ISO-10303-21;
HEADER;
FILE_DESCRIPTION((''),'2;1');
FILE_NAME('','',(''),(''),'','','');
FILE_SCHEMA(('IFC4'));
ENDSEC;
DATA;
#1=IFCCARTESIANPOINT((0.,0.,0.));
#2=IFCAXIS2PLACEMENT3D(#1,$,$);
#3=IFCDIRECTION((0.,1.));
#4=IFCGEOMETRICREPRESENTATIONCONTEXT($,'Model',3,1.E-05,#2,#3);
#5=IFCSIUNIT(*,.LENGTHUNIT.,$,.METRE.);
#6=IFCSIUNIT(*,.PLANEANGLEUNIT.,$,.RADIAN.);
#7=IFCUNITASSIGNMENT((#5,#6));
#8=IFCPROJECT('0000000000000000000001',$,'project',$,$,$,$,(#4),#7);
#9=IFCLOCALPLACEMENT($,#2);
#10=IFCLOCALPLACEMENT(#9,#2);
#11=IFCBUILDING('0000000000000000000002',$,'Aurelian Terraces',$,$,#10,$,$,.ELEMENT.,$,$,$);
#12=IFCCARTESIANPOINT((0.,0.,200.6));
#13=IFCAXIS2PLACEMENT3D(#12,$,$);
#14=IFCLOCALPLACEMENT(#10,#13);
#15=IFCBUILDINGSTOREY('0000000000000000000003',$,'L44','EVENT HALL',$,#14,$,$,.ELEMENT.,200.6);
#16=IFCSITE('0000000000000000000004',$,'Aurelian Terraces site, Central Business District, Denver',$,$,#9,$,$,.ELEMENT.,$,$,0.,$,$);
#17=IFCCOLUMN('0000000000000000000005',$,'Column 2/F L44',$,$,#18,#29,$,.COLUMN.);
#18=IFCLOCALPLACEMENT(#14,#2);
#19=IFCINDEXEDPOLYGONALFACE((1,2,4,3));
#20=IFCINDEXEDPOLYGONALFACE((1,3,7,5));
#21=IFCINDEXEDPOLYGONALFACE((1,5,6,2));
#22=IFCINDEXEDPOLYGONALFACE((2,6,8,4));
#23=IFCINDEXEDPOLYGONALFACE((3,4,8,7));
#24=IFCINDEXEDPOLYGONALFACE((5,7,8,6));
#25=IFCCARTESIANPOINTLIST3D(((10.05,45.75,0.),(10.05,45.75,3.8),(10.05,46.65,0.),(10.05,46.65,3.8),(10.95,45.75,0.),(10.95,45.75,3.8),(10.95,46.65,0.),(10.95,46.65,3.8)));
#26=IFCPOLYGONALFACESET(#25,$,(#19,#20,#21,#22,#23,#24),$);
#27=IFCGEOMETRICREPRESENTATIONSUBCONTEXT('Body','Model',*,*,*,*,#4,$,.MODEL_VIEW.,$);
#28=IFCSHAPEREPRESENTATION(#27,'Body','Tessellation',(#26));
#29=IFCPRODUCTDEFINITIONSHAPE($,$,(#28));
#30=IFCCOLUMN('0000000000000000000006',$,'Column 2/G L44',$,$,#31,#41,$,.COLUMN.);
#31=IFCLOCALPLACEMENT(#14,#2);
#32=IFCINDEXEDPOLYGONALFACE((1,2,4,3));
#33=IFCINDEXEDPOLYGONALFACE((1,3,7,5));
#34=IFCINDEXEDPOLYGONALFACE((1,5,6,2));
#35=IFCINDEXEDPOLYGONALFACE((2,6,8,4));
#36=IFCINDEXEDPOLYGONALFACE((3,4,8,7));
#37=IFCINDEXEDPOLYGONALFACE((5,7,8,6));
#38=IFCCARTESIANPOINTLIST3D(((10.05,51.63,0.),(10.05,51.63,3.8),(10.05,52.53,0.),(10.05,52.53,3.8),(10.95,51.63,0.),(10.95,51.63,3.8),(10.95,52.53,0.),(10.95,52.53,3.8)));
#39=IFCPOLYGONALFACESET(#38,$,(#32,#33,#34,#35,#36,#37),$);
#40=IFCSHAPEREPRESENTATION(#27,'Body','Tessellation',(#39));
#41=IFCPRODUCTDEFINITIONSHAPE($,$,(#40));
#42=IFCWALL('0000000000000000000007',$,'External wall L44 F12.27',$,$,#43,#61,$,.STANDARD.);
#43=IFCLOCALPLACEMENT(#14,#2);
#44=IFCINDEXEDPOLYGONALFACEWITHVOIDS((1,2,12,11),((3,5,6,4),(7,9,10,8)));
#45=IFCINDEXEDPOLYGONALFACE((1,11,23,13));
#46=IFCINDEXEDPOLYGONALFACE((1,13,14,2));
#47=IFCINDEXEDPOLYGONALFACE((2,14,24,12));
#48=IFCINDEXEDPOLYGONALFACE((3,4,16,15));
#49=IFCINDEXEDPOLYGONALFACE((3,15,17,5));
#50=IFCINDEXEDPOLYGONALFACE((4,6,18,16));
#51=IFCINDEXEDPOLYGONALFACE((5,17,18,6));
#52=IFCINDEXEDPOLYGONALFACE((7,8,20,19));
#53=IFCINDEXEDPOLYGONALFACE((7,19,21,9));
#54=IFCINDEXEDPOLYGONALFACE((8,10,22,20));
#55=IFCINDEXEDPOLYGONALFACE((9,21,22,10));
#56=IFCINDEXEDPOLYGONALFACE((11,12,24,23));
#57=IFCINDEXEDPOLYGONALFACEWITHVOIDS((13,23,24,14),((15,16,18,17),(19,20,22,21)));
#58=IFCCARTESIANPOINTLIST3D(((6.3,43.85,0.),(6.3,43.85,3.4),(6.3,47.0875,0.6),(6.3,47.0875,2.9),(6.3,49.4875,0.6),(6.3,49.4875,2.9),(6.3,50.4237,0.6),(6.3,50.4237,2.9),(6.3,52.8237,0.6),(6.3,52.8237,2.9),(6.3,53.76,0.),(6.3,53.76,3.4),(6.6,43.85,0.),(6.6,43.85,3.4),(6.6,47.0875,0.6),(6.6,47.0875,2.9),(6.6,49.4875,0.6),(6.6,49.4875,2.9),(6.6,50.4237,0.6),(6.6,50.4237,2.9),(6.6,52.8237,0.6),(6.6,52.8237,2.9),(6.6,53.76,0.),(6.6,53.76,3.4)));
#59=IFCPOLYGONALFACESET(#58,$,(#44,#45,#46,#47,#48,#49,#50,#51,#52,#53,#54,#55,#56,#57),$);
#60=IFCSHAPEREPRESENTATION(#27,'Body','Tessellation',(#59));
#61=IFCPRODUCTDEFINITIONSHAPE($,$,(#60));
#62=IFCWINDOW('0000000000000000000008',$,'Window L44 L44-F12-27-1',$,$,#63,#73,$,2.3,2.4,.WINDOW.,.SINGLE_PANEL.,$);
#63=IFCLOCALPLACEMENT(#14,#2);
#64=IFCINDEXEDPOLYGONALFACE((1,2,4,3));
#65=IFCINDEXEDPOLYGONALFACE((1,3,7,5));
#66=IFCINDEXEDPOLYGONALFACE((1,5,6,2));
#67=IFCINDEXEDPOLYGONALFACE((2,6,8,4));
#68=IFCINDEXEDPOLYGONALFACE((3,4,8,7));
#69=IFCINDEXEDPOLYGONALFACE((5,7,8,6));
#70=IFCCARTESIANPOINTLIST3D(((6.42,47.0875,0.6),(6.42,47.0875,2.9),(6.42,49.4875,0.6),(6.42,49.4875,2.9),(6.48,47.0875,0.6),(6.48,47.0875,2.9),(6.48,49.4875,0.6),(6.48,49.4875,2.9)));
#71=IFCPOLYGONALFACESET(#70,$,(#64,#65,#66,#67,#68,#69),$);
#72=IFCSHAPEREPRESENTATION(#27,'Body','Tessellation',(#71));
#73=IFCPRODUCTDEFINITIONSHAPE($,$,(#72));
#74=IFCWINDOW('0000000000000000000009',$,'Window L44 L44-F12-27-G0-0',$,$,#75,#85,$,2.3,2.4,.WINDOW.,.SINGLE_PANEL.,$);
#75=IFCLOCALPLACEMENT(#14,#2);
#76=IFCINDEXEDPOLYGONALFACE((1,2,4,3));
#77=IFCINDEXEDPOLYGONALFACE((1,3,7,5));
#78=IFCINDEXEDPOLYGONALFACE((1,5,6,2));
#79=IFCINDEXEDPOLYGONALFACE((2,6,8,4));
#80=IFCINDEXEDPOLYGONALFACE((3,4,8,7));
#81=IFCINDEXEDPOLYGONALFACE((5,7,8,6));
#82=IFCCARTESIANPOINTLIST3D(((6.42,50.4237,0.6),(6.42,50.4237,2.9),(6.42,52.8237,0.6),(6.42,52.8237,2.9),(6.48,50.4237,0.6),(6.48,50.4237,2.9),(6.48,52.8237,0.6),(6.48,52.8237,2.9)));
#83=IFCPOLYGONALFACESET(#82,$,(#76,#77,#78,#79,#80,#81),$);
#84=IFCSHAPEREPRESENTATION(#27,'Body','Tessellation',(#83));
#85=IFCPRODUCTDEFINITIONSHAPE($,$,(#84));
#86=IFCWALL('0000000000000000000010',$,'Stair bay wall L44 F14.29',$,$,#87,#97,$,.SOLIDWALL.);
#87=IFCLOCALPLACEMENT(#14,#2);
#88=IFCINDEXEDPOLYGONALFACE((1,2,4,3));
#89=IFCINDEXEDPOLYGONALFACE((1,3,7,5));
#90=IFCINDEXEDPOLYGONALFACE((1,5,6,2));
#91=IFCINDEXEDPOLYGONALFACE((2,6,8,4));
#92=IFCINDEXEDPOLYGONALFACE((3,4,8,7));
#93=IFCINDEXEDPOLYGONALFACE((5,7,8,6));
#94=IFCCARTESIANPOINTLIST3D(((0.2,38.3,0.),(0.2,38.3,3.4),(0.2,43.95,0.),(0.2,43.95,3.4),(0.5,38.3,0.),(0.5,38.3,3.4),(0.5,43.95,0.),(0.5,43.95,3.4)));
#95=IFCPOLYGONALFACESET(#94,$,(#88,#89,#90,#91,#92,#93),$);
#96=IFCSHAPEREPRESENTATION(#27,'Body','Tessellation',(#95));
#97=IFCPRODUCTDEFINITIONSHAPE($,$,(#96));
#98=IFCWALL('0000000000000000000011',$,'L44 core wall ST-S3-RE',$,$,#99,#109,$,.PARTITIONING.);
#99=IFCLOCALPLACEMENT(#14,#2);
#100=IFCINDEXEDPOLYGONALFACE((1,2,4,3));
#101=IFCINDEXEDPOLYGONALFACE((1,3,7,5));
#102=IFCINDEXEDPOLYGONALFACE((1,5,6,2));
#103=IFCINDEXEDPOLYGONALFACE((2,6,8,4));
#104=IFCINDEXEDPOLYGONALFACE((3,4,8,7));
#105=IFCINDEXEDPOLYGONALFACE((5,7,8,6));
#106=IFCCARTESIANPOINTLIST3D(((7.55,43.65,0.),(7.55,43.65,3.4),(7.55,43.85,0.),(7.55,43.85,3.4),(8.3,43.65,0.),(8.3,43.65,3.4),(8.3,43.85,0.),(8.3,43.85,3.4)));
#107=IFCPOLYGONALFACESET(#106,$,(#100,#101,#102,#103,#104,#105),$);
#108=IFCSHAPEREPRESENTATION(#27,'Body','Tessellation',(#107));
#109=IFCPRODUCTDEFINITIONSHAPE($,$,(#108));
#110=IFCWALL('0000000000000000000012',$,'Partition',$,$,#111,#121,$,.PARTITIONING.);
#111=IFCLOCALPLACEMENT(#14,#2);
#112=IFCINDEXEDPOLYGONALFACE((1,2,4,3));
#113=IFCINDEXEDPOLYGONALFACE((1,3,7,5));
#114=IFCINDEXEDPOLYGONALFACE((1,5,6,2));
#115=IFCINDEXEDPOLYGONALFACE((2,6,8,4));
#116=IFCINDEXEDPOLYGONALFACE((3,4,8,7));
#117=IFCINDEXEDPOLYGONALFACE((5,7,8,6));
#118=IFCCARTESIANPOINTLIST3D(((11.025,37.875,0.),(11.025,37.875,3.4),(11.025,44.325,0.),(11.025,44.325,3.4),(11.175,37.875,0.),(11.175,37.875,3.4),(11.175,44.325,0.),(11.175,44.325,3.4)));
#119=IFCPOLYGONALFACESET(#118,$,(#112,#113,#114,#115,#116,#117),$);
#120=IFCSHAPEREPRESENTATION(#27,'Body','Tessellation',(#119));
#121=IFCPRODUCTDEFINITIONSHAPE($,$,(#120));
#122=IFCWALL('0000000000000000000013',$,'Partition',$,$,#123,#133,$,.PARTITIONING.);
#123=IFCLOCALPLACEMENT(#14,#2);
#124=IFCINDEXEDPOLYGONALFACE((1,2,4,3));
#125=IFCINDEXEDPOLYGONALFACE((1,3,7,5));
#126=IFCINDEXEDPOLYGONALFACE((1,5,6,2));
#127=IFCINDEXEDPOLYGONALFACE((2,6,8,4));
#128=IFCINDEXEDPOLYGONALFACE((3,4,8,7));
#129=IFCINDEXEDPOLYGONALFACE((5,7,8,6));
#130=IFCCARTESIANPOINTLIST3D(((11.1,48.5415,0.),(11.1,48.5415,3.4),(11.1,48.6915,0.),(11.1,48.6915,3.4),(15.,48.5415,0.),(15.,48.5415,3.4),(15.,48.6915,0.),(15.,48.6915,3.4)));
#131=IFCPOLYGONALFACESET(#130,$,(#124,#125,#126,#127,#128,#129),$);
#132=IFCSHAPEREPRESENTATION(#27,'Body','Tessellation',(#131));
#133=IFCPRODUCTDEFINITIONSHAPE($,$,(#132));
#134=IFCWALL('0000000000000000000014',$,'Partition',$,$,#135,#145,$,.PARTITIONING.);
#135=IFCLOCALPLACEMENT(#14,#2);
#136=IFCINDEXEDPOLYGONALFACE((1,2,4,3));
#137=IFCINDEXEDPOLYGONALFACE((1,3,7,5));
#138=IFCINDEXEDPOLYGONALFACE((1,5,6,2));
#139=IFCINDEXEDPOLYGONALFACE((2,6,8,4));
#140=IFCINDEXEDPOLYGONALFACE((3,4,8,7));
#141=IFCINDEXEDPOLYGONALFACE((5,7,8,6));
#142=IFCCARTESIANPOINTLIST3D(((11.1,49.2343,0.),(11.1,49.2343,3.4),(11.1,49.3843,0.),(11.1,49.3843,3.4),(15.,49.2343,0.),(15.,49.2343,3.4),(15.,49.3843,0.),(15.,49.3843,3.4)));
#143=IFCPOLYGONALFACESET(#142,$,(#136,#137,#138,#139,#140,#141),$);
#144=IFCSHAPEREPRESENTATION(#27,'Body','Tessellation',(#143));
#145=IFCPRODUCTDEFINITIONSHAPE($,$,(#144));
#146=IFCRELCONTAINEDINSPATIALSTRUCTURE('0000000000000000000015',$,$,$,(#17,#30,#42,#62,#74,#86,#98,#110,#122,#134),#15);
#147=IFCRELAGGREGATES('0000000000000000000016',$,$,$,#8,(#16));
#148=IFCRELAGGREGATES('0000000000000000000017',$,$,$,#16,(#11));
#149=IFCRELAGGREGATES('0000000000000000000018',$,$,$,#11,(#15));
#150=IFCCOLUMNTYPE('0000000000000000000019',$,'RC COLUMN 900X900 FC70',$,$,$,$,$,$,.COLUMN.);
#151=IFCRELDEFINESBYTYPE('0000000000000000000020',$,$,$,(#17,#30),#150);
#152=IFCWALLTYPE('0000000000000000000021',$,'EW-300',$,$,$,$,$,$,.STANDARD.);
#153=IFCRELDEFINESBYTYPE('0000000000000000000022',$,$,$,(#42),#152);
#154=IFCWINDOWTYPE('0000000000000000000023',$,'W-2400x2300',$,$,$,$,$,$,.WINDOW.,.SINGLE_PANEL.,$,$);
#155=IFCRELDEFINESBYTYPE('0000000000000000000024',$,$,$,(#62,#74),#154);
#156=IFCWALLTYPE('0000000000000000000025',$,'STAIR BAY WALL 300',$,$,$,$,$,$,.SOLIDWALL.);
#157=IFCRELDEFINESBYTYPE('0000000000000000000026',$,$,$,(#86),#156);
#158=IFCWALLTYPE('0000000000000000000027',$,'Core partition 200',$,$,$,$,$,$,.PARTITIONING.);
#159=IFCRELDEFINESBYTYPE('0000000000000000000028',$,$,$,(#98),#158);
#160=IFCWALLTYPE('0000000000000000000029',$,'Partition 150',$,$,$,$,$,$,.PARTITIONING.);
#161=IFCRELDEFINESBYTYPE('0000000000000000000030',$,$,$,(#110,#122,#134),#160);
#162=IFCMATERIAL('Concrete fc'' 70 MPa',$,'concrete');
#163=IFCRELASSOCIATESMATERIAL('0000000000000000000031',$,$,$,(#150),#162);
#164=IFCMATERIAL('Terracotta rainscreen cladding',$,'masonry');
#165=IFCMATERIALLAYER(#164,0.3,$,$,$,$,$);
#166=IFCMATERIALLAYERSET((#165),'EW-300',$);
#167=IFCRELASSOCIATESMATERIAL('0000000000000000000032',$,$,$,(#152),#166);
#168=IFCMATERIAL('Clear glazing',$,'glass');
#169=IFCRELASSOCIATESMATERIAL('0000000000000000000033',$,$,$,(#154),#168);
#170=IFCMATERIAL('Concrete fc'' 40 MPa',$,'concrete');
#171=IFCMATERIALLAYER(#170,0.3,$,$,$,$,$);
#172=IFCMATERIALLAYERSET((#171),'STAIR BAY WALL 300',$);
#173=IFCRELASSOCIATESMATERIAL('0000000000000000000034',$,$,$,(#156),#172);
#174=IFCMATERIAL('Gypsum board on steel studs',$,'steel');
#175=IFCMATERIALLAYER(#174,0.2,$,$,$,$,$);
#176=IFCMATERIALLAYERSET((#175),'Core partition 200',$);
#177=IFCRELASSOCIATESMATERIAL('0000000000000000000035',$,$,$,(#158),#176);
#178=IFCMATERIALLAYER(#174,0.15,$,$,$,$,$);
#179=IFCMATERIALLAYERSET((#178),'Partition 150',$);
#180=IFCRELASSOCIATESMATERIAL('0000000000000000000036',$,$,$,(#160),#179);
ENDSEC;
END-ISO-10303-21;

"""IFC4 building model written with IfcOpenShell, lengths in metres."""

from ifc_helpers import new_model, si_unit, direction, frame, frame_2d, origin, origin_2d, place, context, subcontext, project, spatial, rectangle, extrude, source, transform, mapped, material, layer, layer_set, material_profile, profile_set, type_object, element, fill, save


model = new_model("IFC4")

# Units and contexts
model_context = context("Model", 3, precision=1e-05, world=origin(), true_north=direction((0.0, 1.0)))
body_context = subcontext(model_context, "Body", "Model", "MODEL_VIEW")
ifc_project = project(units=[si_unit("LENGTHUNIT", "METRE"), si_unit("PLANEANGLEUNIT", "RADIAN")], contexts=[model_context])

# Site, building, storey
site_placement = place(None, origin())
site = spatial("IfcSite", under=ifc_project, at=site_placement, Name="Aurelian Terraces site, Central Business District, Denver", CompositionType="ELEMENT", RefElevation=0.0)
building_placement = place(site_placement, origin())
building = spatial("IfcBuilding", under=site, at=building_placement, Name="Aurelian Terraces", CompositionType="ELEMENT")
storey_placement = place(building_placement, frame((0.0, 0.0, 200.6)))
storey = spatial("IfcBuildingStorey", under=building, at=storey_placement, Name="L44", Description="EVENT HALL", CompositionType="ELEMENT", Elevation=200.6)

# Columns
ifc_material_1 = material(Name="Concrete fc' 70 MPa", Category="concrete")
ifc_material_profile = material_profile(ifc_material_1, rectangle(XDim=0.9, YDim=0.9, at=origin_2d()))
ifc_profile_set = profile_set([ifc_material_profile], Name="Concrete fc' 70 MPa")
column_type = type_object("IfcColumnType", Name="RC COLUMN 900X900 FC70", PredefinedType="COLUMN", material=ifc_profile_set)
shared_shape_1 = source(origin(), body_context, "Body", "SweptSolid", [
    extrude(rectangle(XDim=0.9, YDim=0.9, at=origin_2d()), origin(), (0.0, 0.0, 1.0), 3.8),
])
for number, where, z_axis, x_axis, name in (
    (1, (10.5, 46.2, 0.0), (0.0, 0.0, 1.0), (1.0, 0.0, 0.0), "Column 2/F L44"),
    (2, (10.5, 52.08, 0.0), (0.0, 0.0, 1.0), (1.0, 0.0, 0.0), "Column 2/G L44"),
):
    element("IfcColumn", number, at=place(storey_placement, frame(where, z_axis=z_axis, x_axis=x_axis)), inside=storey, type_object=column_type, Name=name, PredefinedType="COLUMN", context=body_context, shape_type="MappedRepresentation", body=[
        mapped(shared_shape_1, transform((0.0, 0.0, 0.0), scale=1.0)),
    ])

# Wall, openings, windows
ifc_material_2 = material(Name="Terracotta rainscreen cladding", Category="masonry")
ifc_layer_1 = layer(ifc_material_2, 0.3)
ifc_layer_set_1 = layer_set([ifc_layer_1], Name="EW-300")
wall_type_1 = type_object("IfcWallType", Name="EW-300", PredefinedType="STANDARD", material=ifc_layer_set_1)
shared_shape_2 = source(origin(), body_context, "Body", "SweptSolid", [
    extrude(rectangle(XDim=9.91, YDim=0.3, at=frame_2d((4.955, 0.0))), origin(), (0.0, 0.0, 1.0), 3.4),
])
wall_1_placement = place(storey_placement, frame((6.45, 53.76, 0.0), z_axis=(0.0, 0.0, 1.0), x_axis=(0.0, -1.0, 0.0)))
wall_1 = element("IfcWall", 3, at=wall_1_placement, inside=storey, type_object=wall_type_1, Name="External wall L44 F12.27", PredefinedType="STANDARD", context=body_context, shape_type="MappedRepresentation", body=[
    mapped(shared_shape_2, transform((0.0, 0.0, 0.0), scale=1.0)),
])
shared_shape_3 = source(origin(), body_context, "Body", "SweptSolid", [
    extrude(rectangle(XDim=2.4, YDim=2.3, at=frame_2d((1.2, 1.15))), frame((0.0, 0.16, 0.0), z_axis=(0.0, -1.0, 0.0), x_axis=(1.0, 0.0, 0.0)), (0.0, 0.0, 1.0), 0.32),
])
opening_1_placement = place(wall_1_placement, frame((4.2725, 0.0, 0.6)))
opening_1 = element("IfcOpeningElement", 4, at=opening_1_placement, cuts=wall_1, PredefinedType="OPENING", context=body_context, shape_type="MappedRepresentation", body=[
    mapped(shared_shape_3, transform((0.0, 0.0, 0.0), scale=1.0)),
])
opening_2_placement = place(wall_1_placement, frame((0.9363, 0.0, 0.6)))
opening_2 = element("IfcOpeningElement", 5, at=opening_2_placement, cuts=wall_1, PredefinedType="OPENING", context=body_context, shape_type="MappedRepresentation", body=[
    mapped(shared_shape_3, transform((0.0, 0.0, 0.0), scale=1.0)),
])
ifc_material_3 = material(Name="Clear glazing", Category="glass")
window_type = type_object("IfcWindowType", Name="W-2400x2300", PartitioningType="SINGLE_PANEL", PredefinedType="WINDOW", material=ifc_material_3)
shared_shape_4 = source(origin(), body_context, "Body", "SweptSolid", [
    extrude(rectangle(XDim=2.4, YDim=2.3, at=frame_2d((1.2, 1.15))), frame((0.0, 0.03, 0.0), z_axis=(0.0, -1.0, 0.0), x_axis=(1.0, 0.0, 0.0)), (0.0, 0.0, 1.0), 0.06),
])
window_1_placement = place(opening_1_placement, origin())
window_1 = element("IfcWindow", 6, at=window_1_placement, inside=storey, type_object=window_type, Name="Window L44 L44-F12-27-1", OverallHeight=2.3, OverallWidth=2.4, PartitioningType="SINGLE_PANEL", PredefinedType="WINDOW", context=body_context, shape_type="MappedRepresentation", body=[
    mapped(shared_shape_4, transform((0.0, 0.0, 0.0), scale=1.0)),
])
fill(opening_1, window_1)
window_2_placement = place(opening_2_placement, origin())
window_2 = element("IfcWindow", 7, at=window_2_placement, inside=storey, type_object=window_type, Name="Window L44 L44-F12-27-G0-0", OverallHeight=2.3, OverallWidth=2.4, PartitioningType="SINGLE_PANEL", PredefinedType="WINDOW", context=body_context, shape_type="MappedRepresentation", body=[
    mapped(shared_shape_4, transform((0.0, 0.0, 0.0), scale=1.0)),
])
fill(opening_2, window_2)

# Walls
ifc_material_4 = material(Name="Concrete fc' 40 MPa", Category="concrete")
ifc_layer_2 = layer(ifc_material_4, 0.3)
ifc_layer_set_2 = layer_set([ifc_layer_2], Name="STAIR BAY WALL 300")
wall_type_2 = type_object("IfcWallType", Name="STAIR BAY WALL 300", PredefinedType="SOLIDWALL", material=ifc_layer_set_2)
shared_shape_5 = source(origin(), body_context, "Body", "SweptSolid", [
    extrude(rectangle(XDim=5.65, YDim=0.3, at=frame_2d((2.825, 0.0))), origin(), (0.0, 0.0, 1.0), 3.4),
])
wall_2_placement = place(storey_placement, frame((0.35, 43.95, 0.0), z_axis=(0.0, 0.0, 1.0), x_axis=(0.0, -1.0, 0.0)))
element("IfcWall", 8, at=wall_2_placement, inside=storey, type_object=wall_type_2, Name="Stair bay wall L44 F14.29", PredefinedType="SOLIDWALL", context=body_context, shape_type="MappedRepresentation", body=[
    mapped(shared_shape_5, transform((0.0, 0.0, 0.0), scale=1.0)),
])
ifc_material_5 = material(Name="Gypsum board on steel studs", Category="steel")
ifc_layer_3 = layer(ifc_material_5, 0.2)
ifc_layer_set_3 = layer_set([ifc_layer_3], Name="Core partition 200")
wall_type_3 = type_object("IfcWallType", Name="Core partition 200", PredefinedType="PARTITIONING", material=ifc_layer_set_3)
shared_shape_6 = source(origin(), body_context, "Body", "SweptSolid", [
    extrude(rectangle(XDim=0.75, YDim=0.2, at=frame_2d((0.375, 0.0))), origin(), (0.0, 0.0, 1.0), 3.4),
])
wall_3_placement = place(storey_placement, frame((7.55, 43.75, 0.0), z_axis=(0.0, 0.0, 1.0), x_axis=(1.0, 0.0, 0.0)))
element("IfcWall", 9, at=wall_3_placement, inside=storey, type_object=wall_type_3, Name="L44 core wall ST-S3-RE", PredefinedType="PARTITIONING", context=body_context, shape_type="MappedRepresentation", body=[
    mapped(shared_shape_6, transform((0.0, 0.0, 0.0), scale=1.0)),
])
ifc_layer_4 = layer(ifc_material_5, 0.15)
ifc_layer_set_4 = layer_set([ifc_layer_4], Name="Partition 150")
wall_type_4 = type_object("IfcWallType", Name="Partition 150", PredefinedType="PARTITIONING", material=ifc_layer_set_4)
shared_shape_7 = source(origin(), body_context, "Body", "SweptSolid", [
    extrude(rectangle(XDim=6.45, YDim=0.15, at=frame_2d((3.225, 0.0))), origin(), (0.0, 0.0, 1.0), 3.4),
])
wall_4_placement = place(storey_placement, frame((11.1, 44.325, 0.0), z_axis=(0.0, 0.0, 1.0), x_axis=(0.0, -1.0, 0.0)))
element("IfcWall", 10, at=wall_4_placement, inside=storey, type_object=wall_type_4, Name="Partition", PredefinedType="PARTITIONING", context=body_context, shape_type="MappedRepresentation", body=[
    mapped(shared_shape_7, transform((0.0, 0.0, 0.0), scale=1.0)),
])
shared_shape_8 = source(origin(), body_context, "Body", "SweptSolid", [
    extrude(rectangle(XDim=3.9, YDim=0.15, at=frame_2d((1.95, 0.0))), origin(), (0.0, 0.0, 1.0), 3.4),
])
for number, where, z_axis, x_axis, name in (
    (11, (15.0, 48.6165, 0.0), (0.0, 0.0, 1.0), (-1.0, 0.0, 0.0), "Partition"),
    (12, (15.0, 49.3093, 0.0), (0.0, 0.0, 1.0), (-1.0, 0.0, 0.0), "Partition"),
):
    element("IfcWall", number, at=place(storey_placement, frame(where, z_axis=z_axis, x_axis=x_axis)), inside=storey, type_object=wall_type_4, Name=name, PredefinedType="PARTITIONING", context=body_context, shape_type="MappedRepresentation", body=[
        mapped(shared_shape_8, transform((0.0, 0.0, 0.0), scale=1.0)),
    ])

save(model, "model.ifc")
